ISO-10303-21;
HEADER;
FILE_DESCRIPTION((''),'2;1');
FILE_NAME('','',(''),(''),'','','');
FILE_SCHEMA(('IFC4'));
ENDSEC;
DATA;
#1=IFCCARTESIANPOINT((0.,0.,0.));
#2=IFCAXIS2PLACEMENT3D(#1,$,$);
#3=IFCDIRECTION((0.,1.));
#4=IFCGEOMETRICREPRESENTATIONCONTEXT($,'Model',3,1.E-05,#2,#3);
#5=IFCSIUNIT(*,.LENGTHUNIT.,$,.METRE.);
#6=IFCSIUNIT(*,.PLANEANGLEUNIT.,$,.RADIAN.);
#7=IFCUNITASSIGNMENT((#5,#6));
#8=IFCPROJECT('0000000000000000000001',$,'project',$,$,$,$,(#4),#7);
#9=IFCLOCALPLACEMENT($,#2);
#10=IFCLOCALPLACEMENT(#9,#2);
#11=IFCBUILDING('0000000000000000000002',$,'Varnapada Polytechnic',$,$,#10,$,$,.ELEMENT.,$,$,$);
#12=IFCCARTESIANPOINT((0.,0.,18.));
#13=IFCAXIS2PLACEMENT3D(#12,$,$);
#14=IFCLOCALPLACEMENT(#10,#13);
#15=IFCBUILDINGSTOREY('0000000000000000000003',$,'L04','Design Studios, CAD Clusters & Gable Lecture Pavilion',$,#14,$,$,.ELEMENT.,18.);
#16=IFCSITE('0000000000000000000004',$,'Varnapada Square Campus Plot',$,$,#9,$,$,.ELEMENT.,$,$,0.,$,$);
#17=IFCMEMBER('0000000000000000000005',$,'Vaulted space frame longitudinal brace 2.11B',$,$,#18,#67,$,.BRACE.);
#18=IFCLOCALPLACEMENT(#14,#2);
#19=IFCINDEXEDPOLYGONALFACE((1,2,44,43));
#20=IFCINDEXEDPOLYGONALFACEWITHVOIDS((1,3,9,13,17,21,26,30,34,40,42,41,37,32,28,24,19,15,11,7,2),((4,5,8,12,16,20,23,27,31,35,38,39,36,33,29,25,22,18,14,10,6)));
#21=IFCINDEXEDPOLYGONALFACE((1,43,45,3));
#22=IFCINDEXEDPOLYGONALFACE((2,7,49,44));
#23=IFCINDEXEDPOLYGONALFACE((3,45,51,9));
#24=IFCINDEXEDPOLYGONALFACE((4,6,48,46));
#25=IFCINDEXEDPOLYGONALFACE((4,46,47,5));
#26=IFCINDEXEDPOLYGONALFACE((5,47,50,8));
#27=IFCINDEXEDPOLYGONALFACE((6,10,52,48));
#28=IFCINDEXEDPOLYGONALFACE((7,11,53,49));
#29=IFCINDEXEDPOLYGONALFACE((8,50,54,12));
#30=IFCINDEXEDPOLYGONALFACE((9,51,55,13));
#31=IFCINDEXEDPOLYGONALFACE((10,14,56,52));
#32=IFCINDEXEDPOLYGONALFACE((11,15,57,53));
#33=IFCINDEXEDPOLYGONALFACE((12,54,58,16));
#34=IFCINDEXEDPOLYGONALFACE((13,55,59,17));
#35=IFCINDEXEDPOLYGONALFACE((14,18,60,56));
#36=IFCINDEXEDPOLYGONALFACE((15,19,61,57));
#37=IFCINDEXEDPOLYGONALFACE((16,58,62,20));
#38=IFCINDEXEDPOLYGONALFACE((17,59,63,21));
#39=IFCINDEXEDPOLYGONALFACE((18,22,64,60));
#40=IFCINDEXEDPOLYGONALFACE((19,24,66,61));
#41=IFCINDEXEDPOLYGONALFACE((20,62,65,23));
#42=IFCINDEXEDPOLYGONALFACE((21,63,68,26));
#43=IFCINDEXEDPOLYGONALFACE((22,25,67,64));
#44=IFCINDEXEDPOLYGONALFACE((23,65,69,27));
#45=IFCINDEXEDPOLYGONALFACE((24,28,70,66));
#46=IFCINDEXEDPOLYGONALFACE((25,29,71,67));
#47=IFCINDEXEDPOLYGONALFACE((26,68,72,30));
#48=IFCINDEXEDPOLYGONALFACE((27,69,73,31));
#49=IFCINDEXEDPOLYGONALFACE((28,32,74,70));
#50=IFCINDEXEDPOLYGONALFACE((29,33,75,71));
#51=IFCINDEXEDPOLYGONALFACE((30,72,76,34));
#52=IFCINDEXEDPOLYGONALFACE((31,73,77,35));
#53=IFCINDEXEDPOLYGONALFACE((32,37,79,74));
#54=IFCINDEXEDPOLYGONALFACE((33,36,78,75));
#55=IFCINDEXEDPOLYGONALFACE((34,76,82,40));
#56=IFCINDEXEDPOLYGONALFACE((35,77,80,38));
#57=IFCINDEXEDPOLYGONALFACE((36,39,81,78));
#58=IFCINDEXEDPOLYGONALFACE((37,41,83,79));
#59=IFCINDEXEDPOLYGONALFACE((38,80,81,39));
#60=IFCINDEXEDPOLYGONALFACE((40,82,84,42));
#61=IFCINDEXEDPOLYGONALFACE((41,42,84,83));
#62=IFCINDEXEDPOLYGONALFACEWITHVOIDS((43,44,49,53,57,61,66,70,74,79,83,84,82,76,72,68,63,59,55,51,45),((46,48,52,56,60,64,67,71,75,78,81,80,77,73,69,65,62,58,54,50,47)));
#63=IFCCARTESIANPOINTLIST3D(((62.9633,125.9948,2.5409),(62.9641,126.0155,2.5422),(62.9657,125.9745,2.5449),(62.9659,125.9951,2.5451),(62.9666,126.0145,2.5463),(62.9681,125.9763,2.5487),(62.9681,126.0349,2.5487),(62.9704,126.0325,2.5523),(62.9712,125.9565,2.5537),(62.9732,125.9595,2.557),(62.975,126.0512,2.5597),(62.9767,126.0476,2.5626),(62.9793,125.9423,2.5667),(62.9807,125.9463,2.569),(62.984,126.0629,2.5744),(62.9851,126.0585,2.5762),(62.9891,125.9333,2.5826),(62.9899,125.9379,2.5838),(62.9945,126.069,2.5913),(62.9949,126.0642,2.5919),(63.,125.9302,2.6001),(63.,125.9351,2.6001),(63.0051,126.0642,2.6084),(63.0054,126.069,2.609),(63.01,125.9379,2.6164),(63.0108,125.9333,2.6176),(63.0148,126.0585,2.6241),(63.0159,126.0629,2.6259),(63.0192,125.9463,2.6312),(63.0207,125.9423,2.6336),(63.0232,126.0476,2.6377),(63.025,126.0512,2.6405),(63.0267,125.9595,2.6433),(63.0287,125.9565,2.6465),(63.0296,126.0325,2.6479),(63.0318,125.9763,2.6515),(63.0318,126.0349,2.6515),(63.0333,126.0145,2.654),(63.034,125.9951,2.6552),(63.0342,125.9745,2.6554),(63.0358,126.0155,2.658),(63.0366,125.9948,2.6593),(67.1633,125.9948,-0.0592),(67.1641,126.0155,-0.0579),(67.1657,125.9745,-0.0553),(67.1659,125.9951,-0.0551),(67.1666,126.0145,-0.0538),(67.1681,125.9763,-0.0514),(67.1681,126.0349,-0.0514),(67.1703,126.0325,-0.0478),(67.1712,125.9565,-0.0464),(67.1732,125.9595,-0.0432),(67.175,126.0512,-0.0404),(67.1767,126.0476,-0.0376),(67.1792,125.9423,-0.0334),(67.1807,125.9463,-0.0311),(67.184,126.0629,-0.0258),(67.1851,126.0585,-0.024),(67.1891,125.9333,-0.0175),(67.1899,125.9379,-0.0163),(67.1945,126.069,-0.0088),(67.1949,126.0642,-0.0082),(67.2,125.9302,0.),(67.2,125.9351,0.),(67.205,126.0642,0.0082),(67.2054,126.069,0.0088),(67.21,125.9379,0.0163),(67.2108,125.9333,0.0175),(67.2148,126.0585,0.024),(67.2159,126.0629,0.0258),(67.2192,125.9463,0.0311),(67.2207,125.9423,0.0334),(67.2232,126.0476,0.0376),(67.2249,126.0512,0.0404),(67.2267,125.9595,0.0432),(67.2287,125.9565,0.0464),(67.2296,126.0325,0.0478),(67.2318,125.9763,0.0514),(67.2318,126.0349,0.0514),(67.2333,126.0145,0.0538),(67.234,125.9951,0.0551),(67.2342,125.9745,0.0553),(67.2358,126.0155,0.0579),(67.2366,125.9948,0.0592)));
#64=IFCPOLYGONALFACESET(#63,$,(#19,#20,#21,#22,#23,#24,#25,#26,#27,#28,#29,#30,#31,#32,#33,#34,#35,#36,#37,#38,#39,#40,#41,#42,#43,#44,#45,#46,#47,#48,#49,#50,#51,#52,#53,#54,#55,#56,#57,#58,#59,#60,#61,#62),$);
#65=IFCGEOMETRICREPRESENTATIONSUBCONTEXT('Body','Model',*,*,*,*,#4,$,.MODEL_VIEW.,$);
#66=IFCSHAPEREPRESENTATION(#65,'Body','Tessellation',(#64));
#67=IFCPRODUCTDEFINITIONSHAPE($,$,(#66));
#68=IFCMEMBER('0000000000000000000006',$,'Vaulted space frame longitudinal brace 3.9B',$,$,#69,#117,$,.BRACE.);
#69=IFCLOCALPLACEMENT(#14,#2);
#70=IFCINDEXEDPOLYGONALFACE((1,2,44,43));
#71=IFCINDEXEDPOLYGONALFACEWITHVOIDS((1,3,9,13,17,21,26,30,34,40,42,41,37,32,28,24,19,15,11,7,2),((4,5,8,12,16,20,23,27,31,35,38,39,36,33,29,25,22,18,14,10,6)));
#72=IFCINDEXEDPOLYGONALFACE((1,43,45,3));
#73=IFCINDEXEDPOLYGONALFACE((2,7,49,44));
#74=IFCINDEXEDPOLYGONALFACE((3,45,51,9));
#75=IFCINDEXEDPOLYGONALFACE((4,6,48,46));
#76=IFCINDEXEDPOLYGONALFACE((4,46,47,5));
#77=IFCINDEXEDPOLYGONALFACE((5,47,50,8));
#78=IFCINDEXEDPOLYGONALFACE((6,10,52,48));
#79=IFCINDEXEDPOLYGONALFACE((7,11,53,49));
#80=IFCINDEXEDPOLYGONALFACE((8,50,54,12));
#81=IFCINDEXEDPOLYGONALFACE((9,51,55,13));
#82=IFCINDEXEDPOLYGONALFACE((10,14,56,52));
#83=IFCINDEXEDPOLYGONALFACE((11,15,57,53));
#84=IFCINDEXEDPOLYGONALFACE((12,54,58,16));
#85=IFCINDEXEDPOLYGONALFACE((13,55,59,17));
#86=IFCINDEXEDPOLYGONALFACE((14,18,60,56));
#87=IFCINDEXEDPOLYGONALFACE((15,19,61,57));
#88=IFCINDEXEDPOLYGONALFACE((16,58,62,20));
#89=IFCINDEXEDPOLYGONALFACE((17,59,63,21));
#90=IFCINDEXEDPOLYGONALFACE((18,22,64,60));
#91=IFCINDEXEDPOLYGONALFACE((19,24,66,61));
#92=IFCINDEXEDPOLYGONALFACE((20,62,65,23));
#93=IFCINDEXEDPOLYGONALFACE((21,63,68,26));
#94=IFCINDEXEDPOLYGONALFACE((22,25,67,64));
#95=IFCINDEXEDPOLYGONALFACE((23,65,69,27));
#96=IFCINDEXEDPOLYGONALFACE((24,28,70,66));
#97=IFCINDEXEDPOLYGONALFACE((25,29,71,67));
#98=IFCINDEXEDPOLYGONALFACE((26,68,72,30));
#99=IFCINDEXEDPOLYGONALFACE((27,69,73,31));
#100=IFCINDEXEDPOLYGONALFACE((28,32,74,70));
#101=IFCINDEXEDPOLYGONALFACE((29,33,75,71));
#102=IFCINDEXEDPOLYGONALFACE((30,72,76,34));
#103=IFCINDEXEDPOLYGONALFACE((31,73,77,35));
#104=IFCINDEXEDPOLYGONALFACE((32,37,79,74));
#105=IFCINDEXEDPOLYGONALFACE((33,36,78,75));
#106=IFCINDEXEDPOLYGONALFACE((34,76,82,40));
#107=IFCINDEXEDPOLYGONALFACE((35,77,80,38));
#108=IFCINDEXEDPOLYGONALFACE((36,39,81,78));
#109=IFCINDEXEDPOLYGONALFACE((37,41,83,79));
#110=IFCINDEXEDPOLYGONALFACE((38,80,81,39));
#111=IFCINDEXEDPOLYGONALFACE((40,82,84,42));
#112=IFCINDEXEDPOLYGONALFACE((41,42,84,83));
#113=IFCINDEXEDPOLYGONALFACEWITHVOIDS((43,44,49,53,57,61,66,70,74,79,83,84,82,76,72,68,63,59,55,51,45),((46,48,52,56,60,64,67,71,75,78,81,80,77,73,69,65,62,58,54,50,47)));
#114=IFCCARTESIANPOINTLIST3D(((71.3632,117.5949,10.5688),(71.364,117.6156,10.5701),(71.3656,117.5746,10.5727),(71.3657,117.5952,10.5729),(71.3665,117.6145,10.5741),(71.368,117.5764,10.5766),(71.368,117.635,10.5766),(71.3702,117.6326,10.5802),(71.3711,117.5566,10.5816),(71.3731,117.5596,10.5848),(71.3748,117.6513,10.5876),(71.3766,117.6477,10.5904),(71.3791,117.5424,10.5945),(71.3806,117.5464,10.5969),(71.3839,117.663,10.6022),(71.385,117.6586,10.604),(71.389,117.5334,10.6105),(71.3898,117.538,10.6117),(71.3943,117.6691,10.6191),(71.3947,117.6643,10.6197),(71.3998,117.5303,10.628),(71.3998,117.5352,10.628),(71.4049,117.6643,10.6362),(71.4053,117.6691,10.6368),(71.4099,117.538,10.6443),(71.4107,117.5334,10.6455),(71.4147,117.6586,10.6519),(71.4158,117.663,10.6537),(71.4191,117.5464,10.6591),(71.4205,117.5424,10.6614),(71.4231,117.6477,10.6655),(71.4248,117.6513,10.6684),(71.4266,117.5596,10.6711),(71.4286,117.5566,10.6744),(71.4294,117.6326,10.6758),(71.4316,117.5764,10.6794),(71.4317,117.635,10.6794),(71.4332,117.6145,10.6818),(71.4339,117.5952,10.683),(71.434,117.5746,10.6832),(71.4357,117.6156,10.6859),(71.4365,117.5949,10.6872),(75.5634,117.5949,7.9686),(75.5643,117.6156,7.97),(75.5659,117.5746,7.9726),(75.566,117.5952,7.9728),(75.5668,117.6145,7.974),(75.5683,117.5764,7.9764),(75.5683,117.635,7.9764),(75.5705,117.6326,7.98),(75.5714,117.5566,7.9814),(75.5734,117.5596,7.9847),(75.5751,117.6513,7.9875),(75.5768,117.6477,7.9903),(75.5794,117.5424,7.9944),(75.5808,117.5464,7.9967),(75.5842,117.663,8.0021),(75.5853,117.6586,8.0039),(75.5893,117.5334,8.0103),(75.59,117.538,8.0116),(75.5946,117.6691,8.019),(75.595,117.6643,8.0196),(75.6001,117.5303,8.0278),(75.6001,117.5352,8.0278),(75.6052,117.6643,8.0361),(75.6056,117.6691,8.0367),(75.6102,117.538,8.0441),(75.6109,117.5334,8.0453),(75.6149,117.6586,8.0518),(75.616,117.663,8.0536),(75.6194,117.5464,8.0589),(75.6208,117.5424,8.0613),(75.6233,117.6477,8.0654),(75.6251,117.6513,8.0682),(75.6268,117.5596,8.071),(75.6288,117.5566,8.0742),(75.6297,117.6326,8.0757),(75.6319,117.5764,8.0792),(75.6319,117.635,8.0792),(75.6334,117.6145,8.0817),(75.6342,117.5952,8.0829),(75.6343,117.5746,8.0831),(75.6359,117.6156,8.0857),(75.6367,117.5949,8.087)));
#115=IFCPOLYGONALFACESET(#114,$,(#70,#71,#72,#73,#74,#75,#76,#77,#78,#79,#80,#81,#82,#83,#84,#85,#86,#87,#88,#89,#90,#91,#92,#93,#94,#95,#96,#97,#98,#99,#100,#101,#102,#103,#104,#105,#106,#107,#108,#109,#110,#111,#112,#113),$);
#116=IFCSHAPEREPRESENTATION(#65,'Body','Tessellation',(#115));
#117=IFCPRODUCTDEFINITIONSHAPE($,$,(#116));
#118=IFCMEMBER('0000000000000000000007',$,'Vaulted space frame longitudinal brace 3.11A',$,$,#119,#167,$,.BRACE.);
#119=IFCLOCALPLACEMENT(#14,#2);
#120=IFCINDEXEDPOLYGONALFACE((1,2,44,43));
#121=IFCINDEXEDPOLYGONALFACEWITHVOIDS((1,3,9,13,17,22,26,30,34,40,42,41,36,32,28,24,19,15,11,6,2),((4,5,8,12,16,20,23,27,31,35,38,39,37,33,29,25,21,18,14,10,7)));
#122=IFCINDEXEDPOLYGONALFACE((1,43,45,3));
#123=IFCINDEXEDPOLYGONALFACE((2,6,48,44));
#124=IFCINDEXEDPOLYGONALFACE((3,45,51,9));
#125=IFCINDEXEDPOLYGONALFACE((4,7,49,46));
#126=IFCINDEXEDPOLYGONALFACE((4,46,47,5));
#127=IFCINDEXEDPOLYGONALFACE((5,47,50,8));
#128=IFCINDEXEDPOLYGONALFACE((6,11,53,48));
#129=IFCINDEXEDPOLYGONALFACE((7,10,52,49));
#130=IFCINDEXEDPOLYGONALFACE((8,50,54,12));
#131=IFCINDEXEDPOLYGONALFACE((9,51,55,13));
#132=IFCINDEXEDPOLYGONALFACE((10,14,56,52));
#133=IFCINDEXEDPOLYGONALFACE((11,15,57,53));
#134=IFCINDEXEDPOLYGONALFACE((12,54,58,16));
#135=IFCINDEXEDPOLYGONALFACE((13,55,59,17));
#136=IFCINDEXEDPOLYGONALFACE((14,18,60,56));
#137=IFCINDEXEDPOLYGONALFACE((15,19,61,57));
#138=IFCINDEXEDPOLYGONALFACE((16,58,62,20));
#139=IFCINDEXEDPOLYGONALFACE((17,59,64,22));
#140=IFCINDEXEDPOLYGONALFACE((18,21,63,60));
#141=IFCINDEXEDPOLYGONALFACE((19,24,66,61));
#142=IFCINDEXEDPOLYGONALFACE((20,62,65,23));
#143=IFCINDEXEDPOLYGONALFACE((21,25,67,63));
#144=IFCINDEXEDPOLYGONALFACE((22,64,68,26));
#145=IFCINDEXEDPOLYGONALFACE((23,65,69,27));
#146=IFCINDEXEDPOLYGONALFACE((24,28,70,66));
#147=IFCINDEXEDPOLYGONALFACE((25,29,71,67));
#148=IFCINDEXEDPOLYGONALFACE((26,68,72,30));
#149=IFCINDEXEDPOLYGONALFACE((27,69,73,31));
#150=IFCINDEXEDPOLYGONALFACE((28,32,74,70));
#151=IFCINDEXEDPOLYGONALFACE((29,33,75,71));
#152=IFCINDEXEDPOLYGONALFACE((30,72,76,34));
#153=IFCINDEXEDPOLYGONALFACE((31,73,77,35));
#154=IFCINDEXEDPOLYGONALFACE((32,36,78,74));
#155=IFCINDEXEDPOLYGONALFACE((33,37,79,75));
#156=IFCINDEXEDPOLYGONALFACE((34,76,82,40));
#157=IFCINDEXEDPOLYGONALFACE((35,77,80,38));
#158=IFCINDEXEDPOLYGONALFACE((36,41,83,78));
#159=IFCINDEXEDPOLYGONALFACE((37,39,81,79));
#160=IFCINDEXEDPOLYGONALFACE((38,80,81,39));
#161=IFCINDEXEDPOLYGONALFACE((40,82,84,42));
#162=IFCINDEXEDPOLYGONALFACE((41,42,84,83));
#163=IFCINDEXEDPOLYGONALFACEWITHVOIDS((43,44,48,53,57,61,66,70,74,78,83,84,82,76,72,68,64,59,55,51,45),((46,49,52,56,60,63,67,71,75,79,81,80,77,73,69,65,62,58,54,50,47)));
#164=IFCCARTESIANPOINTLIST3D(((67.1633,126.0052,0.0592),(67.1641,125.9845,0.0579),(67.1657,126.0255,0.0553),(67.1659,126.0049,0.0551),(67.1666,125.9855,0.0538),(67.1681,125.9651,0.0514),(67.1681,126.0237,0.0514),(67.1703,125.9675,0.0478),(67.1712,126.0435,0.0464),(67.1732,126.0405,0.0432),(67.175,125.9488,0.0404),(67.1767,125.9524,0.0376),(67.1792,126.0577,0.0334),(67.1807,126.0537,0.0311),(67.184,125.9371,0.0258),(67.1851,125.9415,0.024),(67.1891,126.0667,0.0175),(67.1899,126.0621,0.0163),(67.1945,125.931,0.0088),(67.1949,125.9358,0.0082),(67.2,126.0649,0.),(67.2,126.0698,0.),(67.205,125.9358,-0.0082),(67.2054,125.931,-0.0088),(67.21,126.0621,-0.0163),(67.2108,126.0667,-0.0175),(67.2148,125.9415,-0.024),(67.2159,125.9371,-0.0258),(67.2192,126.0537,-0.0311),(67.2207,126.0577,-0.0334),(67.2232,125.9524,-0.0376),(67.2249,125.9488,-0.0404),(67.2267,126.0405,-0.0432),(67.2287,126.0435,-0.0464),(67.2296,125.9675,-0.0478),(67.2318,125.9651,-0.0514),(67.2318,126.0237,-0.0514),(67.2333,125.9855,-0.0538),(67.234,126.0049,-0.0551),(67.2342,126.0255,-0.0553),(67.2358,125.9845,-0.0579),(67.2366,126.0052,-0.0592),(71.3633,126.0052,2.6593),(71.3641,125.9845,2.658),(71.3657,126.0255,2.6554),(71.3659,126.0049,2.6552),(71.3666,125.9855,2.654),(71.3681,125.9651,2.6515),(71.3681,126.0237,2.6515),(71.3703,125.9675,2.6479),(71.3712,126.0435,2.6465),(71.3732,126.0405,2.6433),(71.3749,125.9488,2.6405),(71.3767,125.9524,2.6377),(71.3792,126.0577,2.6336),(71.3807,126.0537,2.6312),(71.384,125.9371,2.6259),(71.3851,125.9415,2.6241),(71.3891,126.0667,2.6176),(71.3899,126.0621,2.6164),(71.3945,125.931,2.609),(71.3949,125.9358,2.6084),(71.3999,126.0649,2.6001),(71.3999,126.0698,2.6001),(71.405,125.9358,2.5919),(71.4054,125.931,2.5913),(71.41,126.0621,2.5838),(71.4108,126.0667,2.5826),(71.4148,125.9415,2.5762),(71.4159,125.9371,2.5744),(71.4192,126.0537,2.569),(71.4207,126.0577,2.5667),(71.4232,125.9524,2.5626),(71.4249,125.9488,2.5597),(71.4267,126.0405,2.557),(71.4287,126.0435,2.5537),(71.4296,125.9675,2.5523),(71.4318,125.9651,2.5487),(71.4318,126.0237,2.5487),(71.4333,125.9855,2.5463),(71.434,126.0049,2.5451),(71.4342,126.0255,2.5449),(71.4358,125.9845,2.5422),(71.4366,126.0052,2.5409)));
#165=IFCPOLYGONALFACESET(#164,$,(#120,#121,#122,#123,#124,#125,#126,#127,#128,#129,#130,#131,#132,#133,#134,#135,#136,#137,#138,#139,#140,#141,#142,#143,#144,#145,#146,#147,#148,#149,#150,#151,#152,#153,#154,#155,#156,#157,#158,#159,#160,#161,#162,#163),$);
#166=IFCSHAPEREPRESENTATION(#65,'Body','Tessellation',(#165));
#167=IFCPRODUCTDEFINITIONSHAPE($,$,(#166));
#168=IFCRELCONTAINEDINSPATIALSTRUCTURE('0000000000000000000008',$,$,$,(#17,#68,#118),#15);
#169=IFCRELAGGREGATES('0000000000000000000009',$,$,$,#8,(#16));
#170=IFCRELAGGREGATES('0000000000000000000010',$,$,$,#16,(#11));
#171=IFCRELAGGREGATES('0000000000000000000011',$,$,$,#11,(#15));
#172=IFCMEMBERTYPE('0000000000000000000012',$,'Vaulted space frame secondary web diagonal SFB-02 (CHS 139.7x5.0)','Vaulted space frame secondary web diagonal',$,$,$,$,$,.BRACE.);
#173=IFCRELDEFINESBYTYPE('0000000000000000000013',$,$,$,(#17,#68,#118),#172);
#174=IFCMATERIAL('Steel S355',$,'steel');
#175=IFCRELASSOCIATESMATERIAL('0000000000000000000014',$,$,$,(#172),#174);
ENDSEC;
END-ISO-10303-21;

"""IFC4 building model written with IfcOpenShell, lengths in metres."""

from ifc_helpers import new_model, si_unit, direction, frame, origin, origin_2d, place, context, subcontext, project, spatial, hollow_circle, extrude, material, material_profile, profile_set, type_object, element, save


model = new_model("IFC4")

# Units and contexts
model_context = context("Model", 3, precision=1e-05, world=origin(), true_north=direction((0.0, 1.0)))
body_context = subcontext(model_context, "Body", "Model", "MODEL_VIEW")
ifc_project = project(units=[si_unit("LENGTHUNIT", "METRE"), si_unit("PLANEANGLEUNIT", "RADIAN")], contexts=[model_context])

# Site, building, storey
site_placement = place(None, origin())
site = spatial("IfcSite", under=ifc_project, at=site_placement, Name="Varnapada Square Campus Plot", CompositionType="ELEMENT", RefElevation=0.0)
building_placement = place(site_placement, origin())
building = spatial("IfcBuilding", under=site, at=building_placement, Name="Varnapada Polytechnic", CompositionType="ELEMENT")
storey_placement = place(building_placement, frame((0.0, 0.0, 18.0)))
storey = spatial("IfcBuildingStorey", under=building, at=storey_placement, Name="L04", Description="Design Studios, CAD Clusters & Gable Lecture Pavilion", CompositionType="ELEMENT", Elevation=18.0)

# Shared definitions
ifc_material = material(Name="Steel S355", Category="steel")

# Members
ifc_material_profile_1 = material_profile(ifc_material, hollow_circle(Radius=0.0698, WallThickness=0.0049, at=origin_2d()), Name="CHS 139.7x5.0")
ifc_profile_set_1 = profile_set([ifc_material_profile_1], Name="Steel S355")
member_type_1 = type_object("IfcMemberType", Name="Vaulted space frame secondary web diagonal SFB-02 (CHS 139.7x5.0)", Description="Vaulted space frame secondary web diagonal", PredefinedType="BRACE", material=ifc_profile_set_1)
member_1_placement = place(storey_placement, frame((67.2, 126.0, 0.0), z_axis=(-0.850254, 0.0, 0.526373), x_axis=(0.0, -1.0, 0.0)))
element("IfcMember", 1, at=member_1_placement, inside=storey, type_object=member_type_1, Name="Vaulted space frame longitudinal brace 2.11B", PredefinedType="BRACE", context=body_context, shape_type="SweptSolid", body=[
    extrude(hollow_circle(Radius=0.0698, WallThickness=0.0049, at=origin_2d()), origin(), (0.0, 0.0, 1.0), 4.9397),
])
member_2_placement = place(storey_placement, frame((75.6001, 117.6001, 8.0278), z_axis=(-0.850267, 0.0, 0.526351), x_axis=(0.0, -1.0, 0.0)))
element("IfcMember", 2, at=member_2_placement, inside=storey, type_object=member_type_1, Name="Vaulted space frame longitudinal brace 3.9B", PredefinedType="BRACE", context=body_context, shape_type="SweptSolid", body=[
    extrude(hollow_circle(Radius=0.0698, WallThickness=0.0049, at=origin_2d()), origin(), (0.0, 0.0, 1.0), 4.9399),
])
member_3_placement = place(storey_placement, frame((67.2, 126.0, 0.0), z_axis=(0.850254, 0.0, 0.526373), x_axis=(0.0, 1.0, 0.0)))
element("IfcMember", 3, at=member_3_placement, inside=storey, type_object=member_type_1, Name="Vaulted space frame longitudinal brace 3.11A", PredefinedType="BRACE", context=body_context, shape_type="SweptSolid", body=[
    extrude(hollow_circle(Radius=0.0698, WallThickness=0.0049, at=origin_2d()), origin(), (0.0, 0.0, 1.0), 4.9397),
])

save(model, "model.ifc")
